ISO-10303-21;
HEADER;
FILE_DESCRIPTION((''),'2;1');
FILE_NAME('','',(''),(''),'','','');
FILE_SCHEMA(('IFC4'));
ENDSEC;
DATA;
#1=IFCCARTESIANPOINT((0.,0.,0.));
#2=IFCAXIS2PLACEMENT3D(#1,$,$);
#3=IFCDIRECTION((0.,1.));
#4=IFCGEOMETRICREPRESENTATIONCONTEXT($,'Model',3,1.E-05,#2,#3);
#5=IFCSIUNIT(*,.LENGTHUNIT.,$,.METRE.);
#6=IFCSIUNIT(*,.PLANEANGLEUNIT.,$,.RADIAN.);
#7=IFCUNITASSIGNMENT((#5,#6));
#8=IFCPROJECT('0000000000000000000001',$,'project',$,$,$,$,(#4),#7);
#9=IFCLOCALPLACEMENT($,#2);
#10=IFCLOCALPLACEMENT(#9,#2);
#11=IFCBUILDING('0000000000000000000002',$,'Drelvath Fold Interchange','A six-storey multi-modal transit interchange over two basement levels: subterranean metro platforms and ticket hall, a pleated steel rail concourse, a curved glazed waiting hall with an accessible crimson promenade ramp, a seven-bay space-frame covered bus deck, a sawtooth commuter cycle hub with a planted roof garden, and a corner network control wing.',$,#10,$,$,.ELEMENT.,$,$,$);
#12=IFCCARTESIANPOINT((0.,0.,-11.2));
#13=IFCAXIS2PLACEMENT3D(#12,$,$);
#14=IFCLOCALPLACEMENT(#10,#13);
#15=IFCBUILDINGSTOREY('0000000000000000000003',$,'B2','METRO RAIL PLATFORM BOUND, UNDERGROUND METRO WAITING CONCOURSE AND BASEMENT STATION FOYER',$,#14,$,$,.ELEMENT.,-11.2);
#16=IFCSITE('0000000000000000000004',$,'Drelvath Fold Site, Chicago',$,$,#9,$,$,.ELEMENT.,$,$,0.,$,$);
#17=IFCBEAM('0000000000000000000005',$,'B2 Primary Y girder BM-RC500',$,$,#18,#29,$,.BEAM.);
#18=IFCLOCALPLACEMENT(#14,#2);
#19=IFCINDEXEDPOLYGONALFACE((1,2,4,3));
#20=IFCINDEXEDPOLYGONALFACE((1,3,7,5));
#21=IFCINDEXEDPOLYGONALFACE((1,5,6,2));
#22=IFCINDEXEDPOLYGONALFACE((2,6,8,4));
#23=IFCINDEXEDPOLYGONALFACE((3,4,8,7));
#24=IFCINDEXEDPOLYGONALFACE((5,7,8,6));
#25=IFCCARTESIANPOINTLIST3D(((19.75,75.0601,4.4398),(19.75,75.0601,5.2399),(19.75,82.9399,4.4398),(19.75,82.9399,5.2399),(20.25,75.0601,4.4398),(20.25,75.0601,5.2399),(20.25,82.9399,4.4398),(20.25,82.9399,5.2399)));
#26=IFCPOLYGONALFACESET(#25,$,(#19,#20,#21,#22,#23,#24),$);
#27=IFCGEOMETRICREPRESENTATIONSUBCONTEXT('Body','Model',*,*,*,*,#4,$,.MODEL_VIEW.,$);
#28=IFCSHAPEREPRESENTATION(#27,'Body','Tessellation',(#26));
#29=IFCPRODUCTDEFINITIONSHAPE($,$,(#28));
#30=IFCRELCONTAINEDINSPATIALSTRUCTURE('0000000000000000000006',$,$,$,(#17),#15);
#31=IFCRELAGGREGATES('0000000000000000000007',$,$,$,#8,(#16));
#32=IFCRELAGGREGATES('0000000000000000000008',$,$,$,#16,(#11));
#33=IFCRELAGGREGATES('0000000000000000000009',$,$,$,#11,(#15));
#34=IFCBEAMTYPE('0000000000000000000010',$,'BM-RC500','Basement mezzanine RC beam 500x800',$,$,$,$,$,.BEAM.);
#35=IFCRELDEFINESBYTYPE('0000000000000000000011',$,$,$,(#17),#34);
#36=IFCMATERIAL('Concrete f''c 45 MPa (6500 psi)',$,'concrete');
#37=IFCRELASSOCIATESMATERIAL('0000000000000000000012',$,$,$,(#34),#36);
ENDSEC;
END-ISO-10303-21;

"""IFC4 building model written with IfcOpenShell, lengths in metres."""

from ifc_helpers import new_model, si_unit, direction, frame, origin, origin_2d, place, context, subcontext, project, spatial, rectangle, extrude, material, material_profile, profile_set, type_object, element, save


model = new_model("IFC4")

# Units and contexts
model_context = context("Model", 3, precision=1e-05, world=origin(), true_north=direction((0.0, 1.0)))
body_context = subcontext(model_context, "Body", "Model", "MODEL_VIEW")
ifc_project = project(units=[si_unit("LENGTHUNIT", "METRE"), si_unit("PLANEANGLEUNIT", "RADIAN")], contexts=[model_context])

# Site, building, storey
site_placement = place(None, origin())
site = spatial("IfcSite", under=ifc_project, at=site_placement, Name="Drelvath Fold Site, Chicago", CompositionType="ELEMENT", RefElevation=0.0)
building_placement = place(site_placement, origin())
building = spatial("IfcBuilding", under=site, at=building_placement, Name="Drelvath Fold Interchange", Description="A six-storey multi-modal transit interchange over two basement levels: subterranean metro platforms and ticket hall, a pleated steel rail concourse, a curved glazed waiting hall with an accessible crimson promenade ramp, a seven-bay space-frame covered bus deck, a sawtooth commuter cycle hub with a planted roof garden, and a corner network control wing.", CompositionType="ELEMENT")
storey_placement = place(building_placement, frame((0.0, 0.0, -11.2)))
storey = spatial("IfcBuildingStorey", under=building, at=storey_placement, Name="B2", Description="METRO RAIL PLATFORM BOUND, UNDERGROUND METRO WAITING CONCOURSE AND BASEMENT STATION FOYER", CompositionType="ELEMENT", Elevation=-11.2)

# Beam
ifc_material_1 = material(Name="Concrete f'c 45 MPa (6500 psi)", Category="concrete")
ifc_material_profile_1 = material_profile(ifc_material_1, rectangle(XDim=0.5, YDim=0.8, at=origin_2d()), Name="RC 500x800")
ifc_profile_set_1 = profile_set([ifc_material_profile_1], Name="Concrete f'c 45 MPa (6500 psi)")
beam_type_1 = type_object("IfcBeamType", Name="BM-RC500", Description="Basement mezzanine RC beam 500x800", PredefinedType="BEAM", material=ifc_profile_set_1)
for number, where, z_axis, x_axis, name in (
    (1, (20.0, 75.0601, 4.8398), (0.0, 1.0, 0.0), (-1.0, 0.0, 0.0), "B2 Primary Y girder BM-RC500"),
):
    element("IfcBeam", number, at=place(storey_placement, frame(where, z_axis=z_axis, x_axis=x_axis)), inside=storey, type_object=beam_type_1, Name=name, PredefinedType="BEAM", context=body_context, shape_type="SweptSolid", body=[
        extrude(rectangle(XDim=0.5, YDim=0.8, at=origin_2d()), origin(), (0.0, 0.0, 1.0), 7.8799),
    ])

save(model, "model.ifc")
